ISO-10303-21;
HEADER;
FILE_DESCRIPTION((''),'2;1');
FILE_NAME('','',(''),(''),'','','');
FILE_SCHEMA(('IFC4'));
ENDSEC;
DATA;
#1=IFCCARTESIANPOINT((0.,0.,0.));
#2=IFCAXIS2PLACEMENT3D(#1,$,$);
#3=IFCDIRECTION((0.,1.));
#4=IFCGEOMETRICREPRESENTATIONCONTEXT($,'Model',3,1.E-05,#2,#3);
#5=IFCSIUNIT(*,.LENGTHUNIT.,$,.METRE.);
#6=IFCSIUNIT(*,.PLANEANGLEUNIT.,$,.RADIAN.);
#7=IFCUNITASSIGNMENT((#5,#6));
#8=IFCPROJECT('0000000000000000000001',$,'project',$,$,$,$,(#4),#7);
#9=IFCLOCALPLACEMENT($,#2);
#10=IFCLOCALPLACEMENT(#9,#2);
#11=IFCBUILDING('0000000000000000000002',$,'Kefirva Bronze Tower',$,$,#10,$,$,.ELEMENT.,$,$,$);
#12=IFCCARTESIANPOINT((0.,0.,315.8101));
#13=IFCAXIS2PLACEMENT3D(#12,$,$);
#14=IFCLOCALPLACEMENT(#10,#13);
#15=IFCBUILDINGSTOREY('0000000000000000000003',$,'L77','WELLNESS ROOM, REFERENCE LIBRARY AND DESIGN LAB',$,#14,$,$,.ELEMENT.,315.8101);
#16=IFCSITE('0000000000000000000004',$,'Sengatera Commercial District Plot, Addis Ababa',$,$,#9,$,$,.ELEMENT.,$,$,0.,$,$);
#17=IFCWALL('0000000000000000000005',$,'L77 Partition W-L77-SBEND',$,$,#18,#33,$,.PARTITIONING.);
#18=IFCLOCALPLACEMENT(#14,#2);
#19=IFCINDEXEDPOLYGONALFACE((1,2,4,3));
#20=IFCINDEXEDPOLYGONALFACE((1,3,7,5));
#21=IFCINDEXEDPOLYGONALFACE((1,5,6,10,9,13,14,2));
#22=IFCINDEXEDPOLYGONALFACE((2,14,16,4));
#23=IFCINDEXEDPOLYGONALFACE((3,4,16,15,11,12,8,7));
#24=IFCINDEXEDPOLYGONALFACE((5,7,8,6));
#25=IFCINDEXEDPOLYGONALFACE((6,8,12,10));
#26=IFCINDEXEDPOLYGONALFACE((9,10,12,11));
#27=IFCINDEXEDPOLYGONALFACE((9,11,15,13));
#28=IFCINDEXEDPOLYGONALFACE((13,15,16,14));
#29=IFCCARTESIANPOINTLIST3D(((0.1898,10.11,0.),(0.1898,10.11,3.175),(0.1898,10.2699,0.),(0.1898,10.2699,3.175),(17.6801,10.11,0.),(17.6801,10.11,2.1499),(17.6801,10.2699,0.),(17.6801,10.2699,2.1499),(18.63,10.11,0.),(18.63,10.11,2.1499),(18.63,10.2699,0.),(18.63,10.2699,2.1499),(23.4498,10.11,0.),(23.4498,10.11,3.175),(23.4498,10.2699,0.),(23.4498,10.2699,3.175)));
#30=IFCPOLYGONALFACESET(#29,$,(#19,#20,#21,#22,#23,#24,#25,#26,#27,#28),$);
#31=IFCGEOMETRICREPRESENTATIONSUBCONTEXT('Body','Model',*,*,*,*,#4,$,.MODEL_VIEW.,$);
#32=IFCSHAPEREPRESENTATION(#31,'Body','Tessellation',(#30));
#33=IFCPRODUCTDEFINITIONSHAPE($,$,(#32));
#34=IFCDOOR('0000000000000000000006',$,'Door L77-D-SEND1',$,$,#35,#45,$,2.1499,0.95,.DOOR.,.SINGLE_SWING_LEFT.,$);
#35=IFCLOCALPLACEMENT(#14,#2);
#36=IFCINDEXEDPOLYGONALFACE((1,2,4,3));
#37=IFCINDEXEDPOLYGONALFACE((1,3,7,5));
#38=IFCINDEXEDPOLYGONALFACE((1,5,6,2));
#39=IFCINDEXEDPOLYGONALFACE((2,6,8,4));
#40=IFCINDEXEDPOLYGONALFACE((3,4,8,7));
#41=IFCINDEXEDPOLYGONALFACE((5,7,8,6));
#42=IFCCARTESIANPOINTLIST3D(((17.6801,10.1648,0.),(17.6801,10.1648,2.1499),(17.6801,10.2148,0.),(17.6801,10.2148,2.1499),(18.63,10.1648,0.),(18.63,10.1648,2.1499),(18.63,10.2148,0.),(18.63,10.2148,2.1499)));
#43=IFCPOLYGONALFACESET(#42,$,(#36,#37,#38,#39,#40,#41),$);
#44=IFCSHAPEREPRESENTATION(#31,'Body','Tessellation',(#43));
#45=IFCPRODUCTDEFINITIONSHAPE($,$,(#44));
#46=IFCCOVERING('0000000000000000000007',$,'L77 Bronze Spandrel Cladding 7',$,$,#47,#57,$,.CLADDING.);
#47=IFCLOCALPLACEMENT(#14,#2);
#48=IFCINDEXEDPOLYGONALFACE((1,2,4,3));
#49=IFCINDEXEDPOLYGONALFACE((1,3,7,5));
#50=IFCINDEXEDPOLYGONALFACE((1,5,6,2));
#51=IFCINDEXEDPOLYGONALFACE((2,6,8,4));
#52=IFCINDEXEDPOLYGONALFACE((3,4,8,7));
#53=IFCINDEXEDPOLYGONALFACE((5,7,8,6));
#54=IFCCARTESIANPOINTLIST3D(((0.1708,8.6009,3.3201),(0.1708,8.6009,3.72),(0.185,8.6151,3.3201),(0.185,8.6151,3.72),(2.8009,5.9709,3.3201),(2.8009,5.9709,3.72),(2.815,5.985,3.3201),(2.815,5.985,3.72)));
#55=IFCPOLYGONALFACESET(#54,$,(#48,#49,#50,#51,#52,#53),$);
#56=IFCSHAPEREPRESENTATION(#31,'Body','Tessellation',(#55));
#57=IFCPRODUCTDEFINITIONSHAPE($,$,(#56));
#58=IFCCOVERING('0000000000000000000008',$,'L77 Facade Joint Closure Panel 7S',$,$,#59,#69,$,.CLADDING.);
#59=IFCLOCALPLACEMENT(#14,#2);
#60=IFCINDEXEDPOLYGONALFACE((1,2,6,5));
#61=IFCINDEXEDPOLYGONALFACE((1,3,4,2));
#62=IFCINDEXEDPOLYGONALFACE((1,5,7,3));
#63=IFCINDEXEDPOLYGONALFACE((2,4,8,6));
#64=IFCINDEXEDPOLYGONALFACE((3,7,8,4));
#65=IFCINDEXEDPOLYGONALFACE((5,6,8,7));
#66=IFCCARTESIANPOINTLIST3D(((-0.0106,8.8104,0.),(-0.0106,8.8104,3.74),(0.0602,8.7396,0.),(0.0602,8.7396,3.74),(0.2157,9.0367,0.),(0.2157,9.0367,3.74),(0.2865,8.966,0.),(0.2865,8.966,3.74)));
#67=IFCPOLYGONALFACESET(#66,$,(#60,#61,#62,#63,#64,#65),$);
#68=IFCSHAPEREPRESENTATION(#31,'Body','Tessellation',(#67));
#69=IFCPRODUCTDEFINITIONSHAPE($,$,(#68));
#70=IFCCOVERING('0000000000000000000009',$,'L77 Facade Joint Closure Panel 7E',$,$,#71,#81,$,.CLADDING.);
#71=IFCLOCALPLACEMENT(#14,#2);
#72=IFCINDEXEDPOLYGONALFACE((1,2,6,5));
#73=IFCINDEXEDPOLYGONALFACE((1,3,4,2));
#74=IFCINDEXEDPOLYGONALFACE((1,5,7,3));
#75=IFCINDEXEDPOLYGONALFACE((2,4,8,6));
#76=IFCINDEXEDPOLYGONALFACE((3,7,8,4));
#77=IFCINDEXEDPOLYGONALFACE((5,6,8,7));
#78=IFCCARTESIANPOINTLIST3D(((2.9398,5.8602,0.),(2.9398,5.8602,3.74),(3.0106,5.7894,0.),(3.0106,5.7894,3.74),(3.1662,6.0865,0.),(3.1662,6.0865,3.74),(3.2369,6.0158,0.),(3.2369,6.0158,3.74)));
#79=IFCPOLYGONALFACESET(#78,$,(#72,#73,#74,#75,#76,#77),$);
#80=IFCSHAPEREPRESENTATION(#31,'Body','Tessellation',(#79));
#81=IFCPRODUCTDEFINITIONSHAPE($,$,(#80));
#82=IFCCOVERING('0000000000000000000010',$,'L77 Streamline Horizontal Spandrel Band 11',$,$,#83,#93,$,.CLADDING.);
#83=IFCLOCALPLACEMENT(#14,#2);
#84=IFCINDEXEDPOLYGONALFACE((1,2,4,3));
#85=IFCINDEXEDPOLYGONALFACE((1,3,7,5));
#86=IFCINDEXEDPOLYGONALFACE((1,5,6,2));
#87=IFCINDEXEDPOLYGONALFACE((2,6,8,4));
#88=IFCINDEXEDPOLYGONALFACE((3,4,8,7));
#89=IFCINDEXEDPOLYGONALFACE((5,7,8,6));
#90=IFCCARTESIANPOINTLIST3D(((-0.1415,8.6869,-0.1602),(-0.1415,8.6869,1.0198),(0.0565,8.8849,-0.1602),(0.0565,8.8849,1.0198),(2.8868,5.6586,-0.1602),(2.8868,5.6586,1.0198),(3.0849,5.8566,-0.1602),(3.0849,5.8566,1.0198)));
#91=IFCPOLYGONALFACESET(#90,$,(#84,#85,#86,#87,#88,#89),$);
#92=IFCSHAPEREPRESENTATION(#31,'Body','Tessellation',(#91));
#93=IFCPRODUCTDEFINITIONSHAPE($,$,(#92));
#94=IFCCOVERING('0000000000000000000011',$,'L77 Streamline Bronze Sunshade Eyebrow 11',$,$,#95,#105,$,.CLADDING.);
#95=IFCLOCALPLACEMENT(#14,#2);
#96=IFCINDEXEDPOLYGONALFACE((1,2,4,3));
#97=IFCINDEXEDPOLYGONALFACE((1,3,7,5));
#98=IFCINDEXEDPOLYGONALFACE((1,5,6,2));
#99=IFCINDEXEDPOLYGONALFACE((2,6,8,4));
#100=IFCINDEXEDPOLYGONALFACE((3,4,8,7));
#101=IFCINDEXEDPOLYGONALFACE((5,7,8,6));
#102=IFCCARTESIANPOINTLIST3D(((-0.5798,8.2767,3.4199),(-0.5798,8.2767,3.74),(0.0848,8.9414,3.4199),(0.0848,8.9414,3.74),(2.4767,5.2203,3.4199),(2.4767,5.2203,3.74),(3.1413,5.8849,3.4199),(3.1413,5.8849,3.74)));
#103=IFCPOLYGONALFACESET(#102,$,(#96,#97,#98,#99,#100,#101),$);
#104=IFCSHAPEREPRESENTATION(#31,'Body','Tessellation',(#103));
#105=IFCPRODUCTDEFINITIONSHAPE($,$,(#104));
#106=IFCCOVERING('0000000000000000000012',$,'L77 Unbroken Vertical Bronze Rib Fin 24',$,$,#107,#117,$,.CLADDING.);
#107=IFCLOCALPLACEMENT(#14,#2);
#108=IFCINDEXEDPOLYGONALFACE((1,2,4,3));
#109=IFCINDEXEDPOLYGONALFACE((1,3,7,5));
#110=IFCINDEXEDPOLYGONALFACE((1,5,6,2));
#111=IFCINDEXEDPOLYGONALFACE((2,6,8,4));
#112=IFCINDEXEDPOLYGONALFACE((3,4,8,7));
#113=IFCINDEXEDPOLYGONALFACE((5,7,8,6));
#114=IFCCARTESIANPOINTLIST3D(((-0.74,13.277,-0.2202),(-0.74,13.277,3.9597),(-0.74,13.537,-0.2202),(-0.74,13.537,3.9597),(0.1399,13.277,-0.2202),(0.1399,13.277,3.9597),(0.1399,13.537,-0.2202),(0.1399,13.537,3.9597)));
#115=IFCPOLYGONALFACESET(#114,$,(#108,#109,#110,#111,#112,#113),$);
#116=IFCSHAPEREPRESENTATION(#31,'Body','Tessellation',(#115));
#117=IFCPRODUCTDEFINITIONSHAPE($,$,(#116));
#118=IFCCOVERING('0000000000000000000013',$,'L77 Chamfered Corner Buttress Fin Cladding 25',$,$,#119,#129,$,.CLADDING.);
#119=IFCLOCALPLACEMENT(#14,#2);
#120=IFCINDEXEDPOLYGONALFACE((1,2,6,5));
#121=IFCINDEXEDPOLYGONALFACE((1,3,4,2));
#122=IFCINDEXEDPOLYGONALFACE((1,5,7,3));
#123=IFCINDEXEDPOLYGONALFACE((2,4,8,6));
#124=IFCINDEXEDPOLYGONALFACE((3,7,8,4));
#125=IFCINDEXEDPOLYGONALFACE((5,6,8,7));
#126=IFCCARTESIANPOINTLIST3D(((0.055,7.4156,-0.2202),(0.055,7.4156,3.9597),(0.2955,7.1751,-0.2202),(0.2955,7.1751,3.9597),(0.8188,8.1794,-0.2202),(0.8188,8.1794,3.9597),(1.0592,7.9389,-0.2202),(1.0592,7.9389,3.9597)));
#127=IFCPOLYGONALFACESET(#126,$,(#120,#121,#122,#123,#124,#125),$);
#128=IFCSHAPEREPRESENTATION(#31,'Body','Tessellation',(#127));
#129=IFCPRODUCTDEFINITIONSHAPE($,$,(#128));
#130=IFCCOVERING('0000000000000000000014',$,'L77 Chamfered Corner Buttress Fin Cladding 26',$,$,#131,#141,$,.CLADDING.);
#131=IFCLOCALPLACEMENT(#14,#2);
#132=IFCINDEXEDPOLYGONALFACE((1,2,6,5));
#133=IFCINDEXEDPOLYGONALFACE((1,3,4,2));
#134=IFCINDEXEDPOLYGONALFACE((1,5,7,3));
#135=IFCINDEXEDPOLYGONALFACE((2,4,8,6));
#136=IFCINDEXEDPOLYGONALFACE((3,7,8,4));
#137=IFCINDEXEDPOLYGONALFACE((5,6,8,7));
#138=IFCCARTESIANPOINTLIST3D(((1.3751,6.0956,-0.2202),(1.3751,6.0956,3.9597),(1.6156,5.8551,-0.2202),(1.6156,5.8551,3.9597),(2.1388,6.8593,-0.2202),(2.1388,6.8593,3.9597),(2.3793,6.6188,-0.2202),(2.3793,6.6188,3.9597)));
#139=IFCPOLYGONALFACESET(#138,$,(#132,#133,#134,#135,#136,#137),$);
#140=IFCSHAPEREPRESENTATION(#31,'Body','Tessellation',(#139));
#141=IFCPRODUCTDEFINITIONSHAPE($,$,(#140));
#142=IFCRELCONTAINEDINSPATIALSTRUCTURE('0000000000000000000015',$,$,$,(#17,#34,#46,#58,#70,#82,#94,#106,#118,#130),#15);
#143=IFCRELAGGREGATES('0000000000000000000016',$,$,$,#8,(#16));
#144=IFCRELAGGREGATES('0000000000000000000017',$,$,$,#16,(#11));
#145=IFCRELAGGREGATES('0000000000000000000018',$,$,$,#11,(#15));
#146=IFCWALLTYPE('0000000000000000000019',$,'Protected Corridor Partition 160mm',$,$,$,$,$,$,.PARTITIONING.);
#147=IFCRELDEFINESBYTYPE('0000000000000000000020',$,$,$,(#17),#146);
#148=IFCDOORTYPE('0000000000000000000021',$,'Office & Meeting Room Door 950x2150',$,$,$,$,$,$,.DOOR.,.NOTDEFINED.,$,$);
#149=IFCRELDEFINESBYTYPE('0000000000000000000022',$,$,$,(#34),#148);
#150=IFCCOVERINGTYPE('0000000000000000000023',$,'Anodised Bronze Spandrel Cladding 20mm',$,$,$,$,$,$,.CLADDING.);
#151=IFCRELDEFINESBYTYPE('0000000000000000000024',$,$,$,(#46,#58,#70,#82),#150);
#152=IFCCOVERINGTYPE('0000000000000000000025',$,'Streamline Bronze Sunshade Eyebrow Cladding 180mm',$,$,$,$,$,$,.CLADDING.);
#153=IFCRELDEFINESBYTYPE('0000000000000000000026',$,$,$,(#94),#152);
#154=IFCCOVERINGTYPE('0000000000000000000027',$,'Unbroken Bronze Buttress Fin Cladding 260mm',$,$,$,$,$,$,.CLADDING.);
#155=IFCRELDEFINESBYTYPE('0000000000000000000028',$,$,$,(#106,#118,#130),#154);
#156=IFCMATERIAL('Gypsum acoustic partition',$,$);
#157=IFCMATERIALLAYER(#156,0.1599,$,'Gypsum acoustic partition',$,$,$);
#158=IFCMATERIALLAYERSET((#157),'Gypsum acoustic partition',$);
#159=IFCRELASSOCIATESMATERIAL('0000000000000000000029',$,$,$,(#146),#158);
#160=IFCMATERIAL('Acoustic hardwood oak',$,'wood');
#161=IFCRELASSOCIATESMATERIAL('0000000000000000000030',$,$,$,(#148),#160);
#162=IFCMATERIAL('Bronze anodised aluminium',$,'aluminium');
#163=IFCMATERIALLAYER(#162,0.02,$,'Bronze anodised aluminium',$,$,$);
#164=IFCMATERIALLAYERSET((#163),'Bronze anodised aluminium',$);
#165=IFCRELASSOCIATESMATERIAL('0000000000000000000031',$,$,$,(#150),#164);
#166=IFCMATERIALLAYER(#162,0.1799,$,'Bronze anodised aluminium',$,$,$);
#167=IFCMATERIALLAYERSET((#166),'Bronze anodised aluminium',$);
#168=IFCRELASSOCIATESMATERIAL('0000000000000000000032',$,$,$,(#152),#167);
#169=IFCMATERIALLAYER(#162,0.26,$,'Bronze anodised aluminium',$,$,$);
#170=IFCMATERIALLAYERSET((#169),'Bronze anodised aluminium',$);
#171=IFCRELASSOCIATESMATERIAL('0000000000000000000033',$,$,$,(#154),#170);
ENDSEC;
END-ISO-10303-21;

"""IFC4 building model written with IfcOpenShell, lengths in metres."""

from ifc_helpers import new_model, si_unit, direction, frame, frame_2d, origin, origin_2d, place, context, subcontext, project, spatial, rectangle, extrude, material, layer, layer_set, type_object, element, fill, save


model = new_model("IFC4")

# Units and contexts
model_context = context("Model", 3, precision=1e-05, world=origin(), true_north=direction((0.0, 1.0)))
body_context = subcontext(model_context, "Body", "Model", "MODEL_VIEW")
ifc_project = project(units=[si_unit("LENGTHUNIT", "METRE"), si_unit("PLANEANGLEUNIT", "RADIAN")], contexts=[model_context])

# Site, building, storey
site_placement = place(None, origin())
site = spatial("IfcSite", under=ifc_project, at=site_placement, Name="Sengatera Commercial District Plot, Addis Ababa", CompositionType="ELEMENT", RefElevation=0.0)
building_placement = place(site_placement, origin())
building = spatial("IfcBuilding", under=site, at=building_placement, Name="Kefirva Bronze Tower", CompositionType="ELEMENT")
storey_placement = place(building_placement, frame((0.0, 0.0, 315.8101)))
storey = spatial("IfcBuildingStorey", under=building, at=storey_placement, Name="L77", Description="WELLNESS ROOM, REFERENCE LIBRARY AND DESIGN LAB", CompositionType="ELEMENT", Elevation=315.8101)

# Shared definitions
ifc_material_1 = material(Name="Bronze anodised aluminium", Category="aluminium")

# Shared definitions
ifc_material_2 = material(Name="Gypsum acoustic partition")

# Wall, opening, door
ifc_layer_1 = layer(ifc_material_2, 0.1599, Name="Gypsum acoustic partition")
ifc_layer_set_1 = layer_set([ifc_layer_1], Name="Gypsum acoustic partition")
wall_type_1 = type_object("IfcWallType", Name="Protected Corridor Partition 160mm", PredefinedType="PARTITIONING", material=ifc_layer_set_1)
wall_1_placement = place(storey_placement, frame((0.1899, 10.1899, 0.0), z_axis=(0.0, 0.0, 1.0), x_axis=(1.0, 0.0, 0.0)))
wall_1 = element("IfcWall", 1, at=wall_1_placement, inside=storey, type_object=wall_type_1, Name="L77 Partition W-L77-SBEND", PredefinedType="PARTITIONING", context=body_context, shape_type="SweptSolid", body=[
    extrude(rectangle(XDim=23.26, YDim=0.1599, at=frame_2d((11.6299, 0.0))), origin(), (0.0, 0.0, 1.0), 3.175),
])
opening_placement = place(wall_1_placement, frame((17.49, 0.0, 0.0)))
opening = element("IfcOpeningElement", 2, at=opening_placement, cuts=wall_1, PredefinedType="OPENING", context=body_context, shape_type="SweptSolid", body=[
    extrude(rectangle(XDim=0.95, YDim=2.1499, at=frame_2d((0.4751, 1.075))), frame((0.0, 0.0898, 0.0), z_axis=(0.0, -1.0, 0.0), x_axis=(1.0, 0.0, 0.0)), (0.0, 0.0, 1.0), 0.1799),
])
ifc_material_3 = material(Name="Acoustic hardwood oak", Category="wood")
door_type = type_object("IfcDoorType", Name="Office & Meeting Room Door 950x2150", OperationType="NOTDEFINED", PredefinedType="DOOR", material=ifc_material_3)
door_placement = place(opening_placement, origin())
door = element("IfcDoor", 3, at=door_placement, inside=storey, type_object=door_type, Name="Door L77-D-SEND1", OperationType="SINGLE_SWING_LEFT", OverallHeight=2.1499, OverallWidth=0.95, PredefinedType="DOOR", context=body_context, shape_type="SweptSolid", body=[
    extrude(rectangle(XDim=0.95, YDim=2.1499, at=frame_2d((0.4751, 1.075))), frame((0.0, 0.0249, 0.0), z_axis=(0.0, -1.0, 0.0), x_axis=(1.0, 0.0, 0.0)), (0.0, 0.0, 1.0), 0.05),
])
fill(opening, door)

# Coverings
ifc_layer_2 = layer(ifc_material_1, 0.02, Name="Bronze anodised aluminium")
ifc_layer_set_2 = layer_set([ifc_layer_2], Name="Bronze anodised aluminium")
covering_type_1 = type_object("IfcCoveringType", Name="Anodised Bronze Spandrel Cladding 20mm", PredefinedType="CLADDING", material=ifc_layer_set_2)
covering_1_placement = place(storey_placement, frame((1.4929, 7.293, 3.3201), z_axis=(0.0, 0.0, 1.0), x_axis=(0.707107, -0.707107, 0.0)))
element("IfcCovering", 4, at=covering_1_placement, inside=storey, type_object=covering_type_1, Name="L77 Bronze Spandrel Cladding 7", PredefinedType="CLADDING", context=body_context, shape_type="SweptSolid", body=[
    extrude(rectangle(XDim=3.7195, YDim=0.02, at=origin_2d()), origin(), (0.0, 0.0, 1.0), 0.3999),
])
for number, where, z_axis, x_axis, name in (
    (5, (0.1379, 8.8882, 0.0), (0.0, 0.0, 1.0), (0.707107, -0.707107, 0.0), "L77 Facade Joint Closure Panel 7S"),
    (6, (3.0884, 5.938, 0.0), (0.0, 0.0, 1.0), (0.707107, -0.707107, 0.0), "L77 Facade Joint Closure Panel 7E"),
):
    element("IfcCovering", number, at=place(storey_placement, frame(where, z_axis=z_axis, x_axis=x_axis)), inside=storey, type_object=covering_type_1, Name=name, PredefinedType="CLADDING", context=body_context, shape_type="SweptSolid", body=[
        extrude(rectangle(XDim=0.1001, YDim=0.3201, at=origin_2d()), origin(), (0.0, 0.0, 1.0), 3.74),
    ])
covering_2_placement = place(storey_placement, frame((1.4717, 7.2717, -0.1602), z_axis=(0.0, 0.0, 1.0), x_axis=(0.707107, -0.707107, 0.0)))
element("IfcCovering", 7, at=covering_2_placement, inside=storey, type_object=covering_type_1, Name="L77 Streamline Horizontal Spandrel Band 11", PredefinedType="CLADDING", context=body_context, shape_type="SweptSolid", body=[
    extrude(rectangle(XDim=4.2827, YDim=0.28, at=origin_2d()), origin(), (0.0, 0.0, 1.0), 1.1799),
])
ifc_layer_3 = layer(ifc_material_1, 0.1799, Name="Bronze anodised aluminium")
ifc_layer_set_3 = layer_set([ifc_layer_3], Name="Bronze anodised aluminium")
covering_type_2 = type_object("IfcCoveringType", Name="Streamline Bronze Sunshade Eyebrow Cladding 180mm", PredefinedType="CLADDING", material=ifc_layer_set_3)
covering_3_placement = place(storey_placement, frame((1.2808, 7.0808, 3.4199), z_axis=(0.0, 0.0, 1.0), x_axis=(0.707107, -0.707107, 0.0)))
element("IfcCovering", 8, at=covering_3_placement, inside=storey, type_object=covering_type_2, Name="L77 Streamline Bronze Sunshade Eyebrow 11", PredefinedType="CLADDING", context=body_context, shape_type="SweptSolid", body=[
    extrude(rectangle(XDim=4.3225, YDim=0.9399, at=origin_2d()), origin(), (0.0, 0.0, 1.0), 0.3201),
])
ifc_layer_4 = layer(ifc_material_1, 0.26, Name="Bronze anodised aluminium")
ifc_layer_set_4 = layer_set([ifc_layer_4], Name="Bronze anodised aluminium")
covering_type_3 = type_object("IfcCoveringType", Name="Unbroken Bronze Buttress Fin Cladding 260mm", PredefinedType="CLADDING", material=ifc_layer_set_4)
covering_4_placement = place(storey_placement, frame((-0.3, 13.407, -0.2202), z_axis=(0.0, 0.0, 1.0), x_axis=(0.0, -1.0, 0.0)))
element("IfcCovering", 9, at=covering_4_placement, inside=storey, type_object=covering_type_3, Name="L77 Unbroken Vertical Bronze Rib Fin 24", PredefinedType="CLADDING", context=body_context, shape_type="SweptSolid", body=[
    extrude(rectangle(XDim=0.26, YDim=0.8799, at=origin_2d()), origin(), (0.0, 0.0, 1.0), 4.1799),
])
for number, where, z_axis, x_axis, name in (
    (10, (0.5571, 7.6772, -0.2202), (0.0, 0.0, 1.0), (0.707107, -0.707107, 0.0), "L77 Chamfered Corner Buttress Fin Cladding 25"),
    (11, (1.8772, 6.3572, -0.2202), (0.0, 0.0, 1.0), (0.707107, -0.707107, 0.0), "L77 Chamfered Corner Buttress Fin Cladding 26"),
):
    element("IfcCovering", number, at=place(storey_placement, frame(where, z_axis=z_axis, x_axis=x_axis)), inside=storey, type_object=covering_type_3, Name=name, PredefinedType="CLADDING", context=body_context, shape_type="SweptSolid", body=[
        extrude(rectangle(XDim=0.3401, YDim=1.0801, at=origin_2d()), origin(), (0.0, 0.0, 1.0), 4.1799),
    ])

save(model, "model.ifc")
